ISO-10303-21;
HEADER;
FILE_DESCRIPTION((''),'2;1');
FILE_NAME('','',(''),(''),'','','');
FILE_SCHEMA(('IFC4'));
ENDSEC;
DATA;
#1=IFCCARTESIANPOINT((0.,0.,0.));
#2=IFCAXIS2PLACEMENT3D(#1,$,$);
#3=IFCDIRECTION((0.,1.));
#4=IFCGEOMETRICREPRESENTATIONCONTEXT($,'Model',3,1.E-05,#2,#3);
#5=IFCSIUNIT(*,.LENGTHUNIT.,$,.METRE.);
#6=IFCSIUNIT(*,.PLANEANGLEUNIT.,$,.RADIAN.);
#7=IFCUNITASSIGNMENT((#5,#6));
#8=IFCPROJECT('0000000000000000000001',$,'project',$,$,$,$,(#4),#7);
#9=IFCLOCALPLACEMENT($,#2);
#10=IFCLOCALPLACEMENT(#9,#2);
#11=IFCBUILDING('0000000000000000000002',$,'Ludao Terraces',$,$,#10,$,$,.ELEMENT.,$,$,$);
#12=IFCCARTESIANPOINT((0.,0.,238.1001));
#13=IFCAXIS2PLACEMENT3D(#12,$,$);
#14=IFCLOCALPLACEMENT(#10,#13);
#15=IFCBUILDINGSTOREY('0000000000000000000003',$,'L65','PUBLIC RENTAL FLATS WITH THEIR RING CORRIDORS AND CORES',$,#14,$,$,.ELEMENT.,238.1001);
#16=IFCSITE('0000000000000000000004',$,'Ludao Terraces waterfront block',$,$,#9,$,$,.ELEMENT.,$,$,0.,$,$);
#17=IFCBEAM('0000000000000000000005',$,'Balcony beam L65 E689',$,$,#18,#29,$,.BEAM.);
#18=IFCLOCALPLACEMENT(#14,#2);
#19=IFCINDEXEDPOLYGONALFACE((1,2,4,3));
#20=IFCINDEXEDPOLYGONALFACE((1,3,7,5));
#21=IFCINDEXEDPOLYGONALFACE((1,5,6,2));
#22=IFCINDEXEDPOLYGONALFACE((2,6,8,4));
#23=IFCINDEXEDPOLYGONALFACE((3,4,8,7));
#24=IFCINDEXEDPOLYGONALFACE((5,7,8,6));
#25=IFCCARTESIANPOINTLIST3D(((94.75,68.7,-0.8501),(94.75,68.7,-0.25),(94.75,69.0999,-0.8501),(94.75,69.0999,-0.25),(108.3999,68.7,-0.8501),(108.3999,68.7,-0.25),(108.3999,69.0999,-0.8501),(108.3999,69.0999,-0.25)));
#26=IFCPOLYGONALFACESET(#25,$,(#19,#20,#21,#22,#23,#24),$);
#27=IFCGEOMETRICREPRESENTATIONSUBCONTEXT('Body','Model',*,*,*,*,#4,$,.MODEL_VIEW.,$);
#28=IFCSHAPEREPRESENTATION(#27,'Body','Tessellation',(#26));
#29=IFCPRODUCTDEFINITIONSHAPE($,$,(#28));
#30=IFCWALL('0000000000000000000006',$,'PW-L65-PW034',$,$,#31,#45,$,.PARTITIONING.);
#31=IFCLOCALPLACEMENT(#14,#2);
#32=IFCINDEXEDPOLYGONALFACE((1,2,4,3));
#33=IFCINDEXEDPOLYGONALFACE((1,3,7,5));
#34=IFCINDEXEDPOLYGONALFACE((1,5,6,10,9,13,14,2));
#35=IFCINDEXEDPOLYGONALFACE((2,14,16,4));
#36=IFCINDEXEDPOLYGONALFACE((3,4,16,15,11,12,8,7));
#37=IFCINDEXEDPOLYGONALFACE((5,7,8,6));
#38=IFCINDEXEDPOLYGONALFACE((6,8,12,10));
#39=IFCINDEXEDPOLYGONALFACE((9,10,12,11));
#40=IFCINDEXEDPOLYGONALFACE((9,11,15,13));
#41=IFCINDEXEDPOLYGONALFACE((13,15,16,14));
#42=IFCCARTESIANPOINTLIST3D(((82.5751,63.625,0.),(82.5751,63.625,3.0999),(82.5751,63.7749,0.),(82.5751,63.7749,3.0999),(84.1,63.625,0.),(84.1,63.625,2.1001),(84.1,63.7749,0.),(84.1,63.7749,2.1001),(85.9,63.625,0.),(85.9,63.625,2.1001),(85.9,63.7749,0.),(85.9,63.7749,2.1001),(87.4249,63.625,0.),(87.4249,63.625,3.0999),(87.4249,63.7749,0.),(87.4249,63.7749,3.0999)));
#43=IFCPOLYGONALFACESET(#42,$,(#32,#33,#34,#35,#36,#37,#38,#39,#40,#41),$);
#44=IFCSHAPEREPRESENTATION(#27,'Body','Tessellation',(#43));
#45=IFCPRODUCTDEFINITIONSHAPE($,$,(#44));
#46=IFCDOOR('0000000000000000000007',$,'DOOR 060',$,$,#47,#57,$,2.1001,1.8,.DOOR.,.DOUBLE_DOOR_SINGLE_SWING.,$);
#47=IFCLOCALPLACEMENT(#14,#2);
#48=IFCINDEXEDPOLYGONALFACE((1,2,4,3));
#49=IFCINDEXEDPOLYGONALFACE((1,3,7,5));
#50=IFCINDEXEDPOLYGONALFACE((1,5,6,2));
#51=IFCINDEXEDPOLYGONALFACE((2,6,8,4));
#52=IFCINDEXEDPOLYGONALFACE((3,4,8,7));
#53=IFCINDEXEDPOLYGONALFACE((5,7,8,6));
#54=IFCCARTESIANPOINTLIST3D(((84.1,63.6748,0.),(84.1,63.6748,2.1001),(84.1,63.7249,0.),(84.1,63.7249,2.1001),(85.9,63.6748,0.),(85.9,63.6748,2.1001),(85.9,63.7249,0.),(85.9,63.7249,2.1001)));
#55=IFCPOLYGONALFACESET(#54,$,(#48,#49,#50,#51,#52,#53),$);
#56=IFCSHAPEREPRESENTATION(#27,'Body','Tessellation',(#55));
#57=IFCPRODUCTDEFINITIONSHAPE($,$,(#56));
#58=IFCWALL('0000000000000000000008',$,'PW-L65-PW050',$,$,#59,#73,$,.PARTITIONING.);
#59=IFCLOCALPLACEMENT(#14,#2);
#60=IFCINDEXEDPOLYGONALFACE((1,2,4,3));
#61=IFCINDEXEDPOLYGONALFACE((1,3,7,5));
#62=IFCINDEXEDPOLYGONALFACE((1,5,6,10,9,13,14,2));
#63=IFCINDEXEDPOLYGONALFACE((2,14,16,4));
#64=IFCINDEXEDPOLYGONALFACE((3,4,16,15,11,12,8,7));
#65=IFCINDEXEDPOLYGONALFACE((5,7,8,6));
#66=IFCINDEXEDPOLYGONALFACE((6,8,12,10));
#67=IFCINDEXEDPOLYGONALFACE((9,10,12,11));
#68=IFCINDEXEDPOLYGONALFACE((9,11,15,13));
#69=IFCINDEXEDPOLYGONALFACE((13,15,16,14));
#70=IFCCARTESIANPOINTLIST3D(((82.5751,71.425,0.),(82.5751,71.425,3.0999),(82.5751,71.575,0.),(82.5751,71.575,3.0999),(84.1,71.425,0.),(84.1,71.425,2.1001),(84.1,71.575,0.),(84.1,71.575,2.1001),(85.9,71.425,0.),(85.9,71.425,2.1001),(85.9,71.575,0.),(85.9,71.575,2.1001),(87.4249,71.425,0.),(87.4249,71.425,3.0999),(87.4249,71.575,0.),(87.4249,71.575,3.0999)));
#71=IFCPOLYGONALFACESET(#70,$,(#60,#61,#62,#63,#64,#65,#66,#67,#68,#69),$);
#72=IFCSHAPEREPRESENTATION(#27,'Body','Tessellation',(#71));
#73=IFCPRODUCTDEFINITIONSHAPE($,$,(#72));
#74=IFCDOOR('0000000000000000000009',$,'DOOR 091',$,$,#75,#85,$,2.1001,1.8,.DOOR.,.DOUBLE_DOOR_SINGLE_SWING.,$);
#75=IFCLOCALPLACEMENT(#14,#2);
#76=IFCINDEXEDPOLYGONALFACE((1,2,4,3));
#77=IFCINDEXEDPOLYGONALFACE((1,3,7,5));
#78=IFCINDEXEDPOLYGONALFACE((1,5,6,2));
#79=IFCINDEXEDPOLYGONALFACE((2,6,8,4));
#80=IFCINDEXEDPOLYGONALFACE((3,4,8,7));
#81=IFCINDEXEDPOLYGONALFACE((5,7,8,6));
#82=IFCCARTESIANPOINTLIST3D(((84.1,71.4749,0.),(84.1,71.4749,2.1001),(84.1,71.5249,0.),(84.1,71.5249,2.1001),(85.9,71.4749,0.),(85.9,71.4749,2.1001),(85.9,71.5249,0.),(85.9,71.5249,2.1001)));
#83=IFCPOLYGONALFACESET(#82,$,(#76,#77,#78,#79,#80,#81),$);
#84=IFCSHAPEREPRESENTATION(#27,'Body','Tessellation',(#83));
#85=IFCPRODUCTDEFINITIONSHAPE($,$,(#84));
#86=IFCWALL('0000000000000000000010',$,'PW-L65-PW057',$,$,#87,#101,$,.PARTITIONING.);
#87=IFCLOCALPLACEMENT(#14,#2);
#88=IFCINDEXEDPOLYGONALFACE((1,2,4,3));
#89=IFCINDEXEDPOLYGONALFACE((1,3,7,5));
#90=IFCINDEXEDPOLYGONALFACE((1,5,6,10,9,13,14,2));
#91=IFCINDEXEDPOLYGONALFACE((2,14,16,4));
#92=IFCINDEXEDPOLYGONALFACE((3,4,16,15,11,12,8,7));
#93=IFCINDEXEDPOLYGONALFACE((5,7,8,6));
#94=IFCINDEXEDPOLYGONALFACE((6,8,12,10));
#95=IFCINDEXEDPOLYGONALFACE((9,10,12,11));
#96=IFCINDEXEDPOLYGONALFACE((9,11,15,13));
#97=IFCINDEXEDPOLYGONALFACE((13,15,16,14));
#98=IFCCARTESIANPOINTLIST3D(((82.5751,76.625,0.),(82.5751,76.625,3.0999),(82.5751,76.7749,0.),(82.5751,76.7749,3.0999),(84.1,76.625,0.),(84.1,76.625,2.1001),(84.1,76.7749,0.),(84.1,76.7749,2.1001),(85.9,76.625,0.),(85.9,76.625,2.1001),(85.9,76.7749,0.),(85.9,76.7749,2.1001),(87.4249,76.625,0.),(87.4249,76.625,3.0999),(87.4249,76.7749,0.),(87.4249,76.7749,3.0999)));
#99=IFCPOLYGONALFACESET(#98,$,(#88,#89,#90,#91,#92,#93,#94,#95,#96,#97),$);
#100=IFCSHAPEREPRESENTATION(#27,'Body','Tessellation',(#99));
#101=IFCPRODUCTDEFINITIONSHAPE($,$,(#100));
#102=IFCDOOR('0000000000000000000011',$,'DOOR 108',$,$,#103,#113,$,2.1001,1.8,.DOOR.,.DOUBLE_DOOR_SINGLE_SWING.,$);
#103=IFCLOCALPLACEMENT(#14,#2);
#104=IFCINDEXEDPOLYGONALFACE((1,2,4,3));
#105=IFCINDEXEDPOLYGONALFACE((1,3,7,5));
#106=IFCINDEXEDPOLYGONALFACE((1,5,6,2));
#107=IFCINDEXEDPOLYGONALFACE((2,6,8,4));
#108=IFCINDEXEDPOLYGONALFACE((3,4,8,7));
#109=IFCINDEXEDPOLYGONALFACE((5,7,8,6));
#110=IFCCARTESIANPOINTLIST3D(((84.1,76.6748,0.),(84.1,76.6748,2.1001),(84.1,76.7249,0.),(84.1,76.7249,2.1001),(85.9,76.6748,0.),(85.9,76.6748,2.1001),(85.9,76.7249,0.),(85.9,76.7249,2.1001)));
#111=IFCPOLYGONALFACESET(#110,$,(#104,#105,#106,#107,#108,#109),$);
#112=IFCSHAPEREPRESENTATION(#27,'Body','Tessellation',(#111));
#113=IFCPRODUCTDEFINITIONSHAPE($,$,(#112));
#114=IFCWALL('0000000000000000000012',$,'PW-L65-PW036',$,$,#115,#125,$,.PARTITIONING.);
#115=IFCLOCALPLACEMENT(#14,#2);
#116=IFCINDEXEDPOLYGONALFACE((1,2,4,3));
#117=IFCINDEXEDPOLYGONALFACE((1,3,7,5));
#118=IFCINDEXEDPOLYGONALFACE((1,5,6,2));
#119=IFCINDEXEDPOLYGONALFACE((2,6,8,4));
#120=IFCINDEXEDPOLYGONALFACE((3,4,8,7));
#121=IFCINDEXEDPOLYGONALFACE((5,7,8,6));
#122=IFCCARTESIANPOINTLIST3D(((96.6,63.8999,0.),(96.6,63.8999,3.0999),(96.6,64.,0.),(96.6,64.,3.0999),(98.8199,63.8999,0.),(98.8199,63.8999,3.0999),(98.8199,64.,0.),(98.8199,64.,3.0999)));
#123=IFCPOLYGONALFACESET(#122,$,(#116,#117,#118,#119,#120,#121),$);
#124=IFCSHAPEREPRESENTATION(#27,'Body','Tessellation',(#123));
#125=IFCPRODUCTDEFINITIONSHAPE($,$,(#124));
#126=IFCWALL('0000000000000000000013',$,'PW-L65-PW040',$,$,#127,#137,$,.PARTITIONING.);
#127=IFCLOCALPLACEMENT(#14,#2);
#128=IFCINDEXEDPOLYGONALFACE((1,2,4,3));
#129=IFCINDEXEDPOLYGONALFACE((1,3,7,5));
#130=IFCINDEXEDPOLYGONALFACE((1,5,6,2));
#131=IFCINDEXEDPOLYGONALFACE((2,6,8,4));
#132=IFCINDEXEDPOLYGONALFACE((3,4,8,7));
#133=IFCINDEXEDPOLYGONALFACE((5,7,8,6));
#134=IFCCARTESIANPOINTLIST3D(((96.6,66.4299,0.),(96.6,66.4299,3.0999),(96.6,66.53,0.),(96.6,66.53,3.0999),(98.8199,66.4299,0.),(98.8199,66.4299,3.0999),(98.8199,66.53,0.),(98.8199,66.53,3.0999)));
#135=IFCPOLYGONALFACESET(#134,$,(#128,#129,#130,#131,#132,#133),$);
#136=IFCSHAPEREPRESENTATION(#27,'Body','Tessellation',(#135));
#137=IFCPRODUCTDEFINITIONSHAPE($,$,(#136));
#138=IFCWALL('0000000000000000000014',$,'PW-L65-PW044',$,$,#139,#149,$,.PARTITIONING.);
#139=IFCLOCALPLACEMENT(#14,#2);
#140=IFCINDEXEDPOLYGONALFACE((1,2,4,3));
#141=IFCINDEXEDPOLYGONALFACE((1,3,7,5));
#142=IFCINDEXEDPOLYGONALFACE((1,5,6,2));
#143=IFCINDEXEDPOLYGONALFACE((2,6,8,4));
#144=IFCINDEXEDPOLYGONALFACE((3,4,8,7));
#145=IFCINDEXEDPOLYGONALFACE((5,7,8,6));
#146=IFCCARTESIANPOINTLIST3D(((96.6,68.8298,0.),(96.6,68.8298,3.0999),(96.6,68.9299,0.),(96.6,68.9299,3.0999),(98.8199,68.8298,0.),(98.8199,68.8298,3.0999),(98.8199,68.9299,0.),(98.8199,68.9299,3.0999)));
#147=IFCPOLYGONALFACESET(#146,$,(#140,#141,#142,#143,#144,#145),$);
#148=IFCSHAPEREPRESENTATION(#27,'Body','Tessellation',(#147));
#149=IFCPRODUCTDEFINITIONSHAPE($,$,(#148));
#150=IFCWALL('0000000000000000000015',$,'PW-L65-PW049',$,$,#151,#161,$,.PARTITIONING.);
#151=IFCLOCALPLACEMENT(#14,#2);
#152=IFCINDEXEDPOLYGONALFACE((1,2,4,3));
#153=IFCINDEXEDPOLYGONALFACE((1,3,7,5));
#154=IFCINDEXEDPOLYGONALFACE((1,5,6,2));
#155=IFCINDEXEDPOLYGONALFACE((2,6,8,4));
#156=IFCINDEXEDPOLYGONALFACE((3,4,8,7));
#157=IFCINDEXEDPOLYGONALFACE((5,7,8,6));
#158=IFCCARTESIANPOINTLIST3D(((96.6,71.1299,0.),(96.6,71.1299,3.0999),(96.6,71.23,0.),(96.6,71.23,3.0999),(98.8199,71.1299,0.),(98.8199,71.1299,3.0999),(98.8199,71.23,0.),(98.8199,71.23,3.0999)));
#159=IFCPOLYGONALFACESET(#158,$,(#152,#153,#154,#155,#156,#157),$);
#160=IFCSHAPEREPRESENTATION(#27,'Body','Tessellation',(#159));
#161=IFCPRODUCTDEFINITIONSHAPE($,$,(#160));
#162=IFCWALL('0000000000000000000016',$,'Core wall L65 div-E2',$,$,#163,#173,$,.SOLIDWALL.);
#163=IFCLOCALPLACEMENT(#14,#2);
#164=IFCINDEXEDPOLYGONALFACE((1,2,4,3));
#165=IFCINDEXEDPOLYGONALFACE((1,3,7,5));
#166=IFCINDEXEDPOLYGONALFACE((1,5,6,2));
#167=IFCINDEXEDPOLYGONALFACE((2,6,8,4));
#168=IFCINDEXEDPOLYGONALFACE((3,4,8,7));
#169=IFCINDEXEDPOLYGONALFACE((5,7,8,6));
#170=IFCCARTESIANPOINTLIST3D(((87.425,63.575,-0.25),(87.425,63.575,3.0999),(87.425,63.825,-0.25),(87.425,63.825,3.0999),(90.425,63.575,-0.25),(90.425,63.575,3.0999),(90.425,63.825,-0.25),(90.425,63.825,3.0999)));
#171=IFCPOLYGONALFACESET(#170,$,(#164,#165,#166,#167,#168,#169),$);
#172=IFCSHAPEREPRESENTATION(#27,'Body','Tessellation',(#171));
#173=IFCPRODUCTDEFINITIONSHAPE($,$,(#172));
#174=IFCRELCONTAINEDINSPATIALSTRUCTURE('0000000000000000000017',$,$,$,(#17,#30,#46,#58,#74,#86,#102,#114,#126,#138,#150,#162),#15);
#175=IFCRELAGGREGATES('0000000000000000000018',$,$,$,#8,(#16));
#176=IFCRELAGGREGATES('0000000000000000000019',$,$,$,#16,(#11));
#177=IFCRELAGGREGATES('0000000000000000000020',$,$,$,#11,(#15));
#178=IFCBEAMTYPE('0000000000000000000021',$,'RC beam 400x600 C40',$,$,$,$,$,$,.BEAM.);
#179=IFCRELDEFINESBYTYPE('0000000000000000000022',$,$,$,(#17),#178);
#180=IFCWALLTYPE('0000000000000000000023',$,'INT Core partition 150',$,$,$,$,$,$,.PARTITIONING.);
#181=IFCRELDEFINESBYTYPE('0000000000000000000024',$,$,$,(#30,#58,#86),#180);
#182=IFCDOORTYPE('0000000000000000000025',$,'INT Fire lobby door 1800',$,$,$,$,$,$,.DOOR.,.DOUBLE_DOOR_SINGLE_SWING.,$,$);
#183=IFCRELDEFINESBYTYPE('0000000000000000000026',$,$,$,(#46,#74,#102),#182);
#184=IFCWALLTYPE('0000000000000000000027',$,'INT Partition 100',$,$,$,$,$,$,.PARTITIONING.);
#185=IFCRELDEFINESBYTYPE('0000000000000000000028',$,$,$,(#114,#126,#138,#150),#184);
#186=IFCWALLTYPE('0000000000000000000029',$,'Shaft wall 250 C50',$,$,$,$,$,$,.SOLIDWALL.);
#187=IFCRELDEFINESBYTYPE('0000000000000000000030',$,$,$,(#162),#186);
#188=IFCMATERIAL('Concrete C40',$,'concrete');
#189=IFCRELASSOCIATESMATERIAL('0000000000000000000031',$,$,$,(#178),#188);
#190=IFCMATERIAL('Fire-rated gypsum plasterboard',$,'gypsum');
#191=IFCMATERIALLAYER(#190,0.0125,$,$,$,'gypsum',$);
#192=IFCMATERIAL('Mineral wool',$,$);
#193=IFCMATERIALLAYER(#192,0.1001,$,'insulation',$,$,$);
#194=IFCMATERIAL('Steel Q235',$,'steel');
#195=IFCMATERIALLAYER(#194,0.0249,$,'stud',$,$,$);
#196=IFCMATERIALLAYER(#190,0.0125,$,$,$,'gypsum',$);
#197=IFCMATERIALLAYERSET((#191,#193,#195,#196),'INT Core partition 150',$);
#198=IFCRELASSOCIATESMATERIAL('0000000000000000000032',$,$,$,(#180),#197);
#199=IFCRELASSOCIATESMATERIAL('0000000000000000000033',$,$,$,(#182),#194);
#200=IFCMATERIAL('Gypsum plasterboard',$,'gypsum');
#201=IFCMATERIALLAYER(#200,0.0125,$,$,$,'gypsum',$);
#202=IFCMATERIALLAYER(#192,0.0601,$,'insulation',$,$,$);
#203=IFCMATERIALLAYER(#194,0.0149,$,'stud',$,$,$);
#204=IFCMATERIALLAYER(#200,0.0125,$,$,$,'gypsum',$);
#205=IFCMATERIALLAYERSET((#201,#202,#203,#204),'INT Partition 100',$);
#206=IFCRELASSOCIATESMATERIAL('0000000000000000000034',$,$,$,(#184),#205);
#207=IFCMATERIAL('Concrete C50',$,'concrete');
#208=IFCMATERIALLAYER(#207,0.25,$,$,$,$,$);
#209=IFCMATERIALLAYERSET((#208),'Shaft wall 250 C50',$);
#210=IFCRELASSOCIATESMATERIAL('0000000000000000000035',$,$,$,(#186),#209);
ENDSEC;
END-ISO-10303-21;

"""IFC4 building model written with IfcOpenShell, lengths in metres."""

from ifc_helpers import new_model, si_unit, direction, frame, frame_2d, origin, origin_2d, place, context, subcontext, project, spatial, rectangle, extrude, material, layer, layer_set, material_profile, profile_set, type_object, element, fill, save


model = new_model("IFC4")

# Units and contexts
model_context = context("Model", 3, precision=1e-05, world=origin(), true_north=direction((0.0, 1.0)))
body_context = subcontext(model_context, "Body", "Model", "MODEL_VIEW")
ifc_project = project(units=[si_unit("LENGTHUNIT", "METRE"), si_unit("PLANEANGLEUNIT", "RADIAN")], contexts=[model_context])

# Site, building, storey
site_placement = place(None, origin())
site = spatial("IfcSite", under=ifc_project, at=site_placement, Name="Ludao Terraces waterfront block", CompositionType="ELEMENT", RefElevation=0.0)
building_placement = place(site_placement, origin())
building = spatial("IfcBuilding", under=site, at=building_placement, Name="Ludao Terraces", CompositionType="ELEMENT")
storey_placement = place(building_placement, frame((0.0, 0.0, 238.1001)))
storey = spatial("IfcBuildingStorey", under=building, at=storey_placement, Name="L65", Description="PUBLIC RENTAL FLATS WITH THEIR RING CORRIDORS AND CORES", CompositionType="ELEMENT", Elevation=238.1001)

# Beam
ifc_material_1 = material(Name="Concrete C40", Category="concrete")
ifc_material_profile = material_profile(ifc_material_1, rectangle(XDim=0.3999, YDim=0.6001, at=origin_2d()), Name="400 X 600")
ifc_profile_set = profile_set([ifc_material_profile], Name="Concrete C40")
beam_type = type_object("IfcBeamType", Name="RC beam 400x600 C40", PredefinedType="BEAM", material=ifc_profile_set)
beam_placement = place(storey_placement, frame((94.75, 68.8999, -0.55), z_axis=(1.0, 0.0, 0.0), x_axis=(0.0, 1.0, 0.0)))
element("IfcBeam", 1, at=beam_placement, inside=storey, type_object=beam_type, Name="Balcony beam L65 E689", PredefinedType="BEAM", context=body_context, shape_type="SweptSolid", body=[
    extrude(rectangle(XDim=0.3999, YDim=0.6001, at=origin_2d()), origin(), (0.0, 0.0, 1.0), 13.6499),
])

# Walls, openings, doors
ifc_material_2 = material(Name="Fire-rated gypsum plasterboard", Category="gypsum")
ifc_layer_1 = layer(ifc_material_2, 0.0125, Category="gypsum")
ifc_material_3 = material(Name="Mineral wool")
ifc_layer_2 = layer(ifc_material_3, 0.1001, Name="insulation")
ifc_material_4 = material(Name="Steel Q235", Category="steel")
ifc_layer_3 = layer(ifc_material_4, 0.0249, Name="stud")
ifc_layer_4 = layer(ifc_material_2, 0.0125, Category="gypsum")
ifc_layer_set_1 = layer_set([ifc_layer_1, ifc_layer_2, ifc_layer_3, ifc_layer_4], Name="INT Core partition 150")
wall_type_1 = type_object("IfcWallType", Name="INT Core partition 150", PredefinedType="PARTITIONING", material=ifc_layer_set_1)
wall_1_placement = place(storey_placement, frame((82.5752, 63.7, 0.0), z_axis=(0.0, 0.0, 1.0), x_axis=(1.0, 0.0, 0.0)))
wall_1 = element("IfcWall", 2, at=wall_1_placement, inside=storey, type_object=wall_type_1, Name="PW-L65-PW034", PredefinedType="PARTITIONING", context=body_context, shape_type="SweptSolid", body=[
    extrude(rectangle(XDim=4.8499, YDim=0.1499, at=frame_2d((2.4248, 0.0))), origin(), (0.0, 0.0, 1.0), 3.0999),
])
opening_1_placement = place(wall_1_placement, frame((1.5249, 0.0, 0.0)))
opening_1 = element("IfcOpeningElement", 3, at=opening_1_placement, cuts=wall_1, PredefinedType="OPENING", context=body_context, shape_type="SweptSolid", body=[
    extrude(rectangle(XDim=1.8, YDim=2.1001, at=frame_2d((0.8999, 1.05))), frame((0.0, 0.085, 0.0), z_axis=(0.0, -1.0, 0.0), x_axis=(1.0, 0.0, 0.0)), (0.0, 0.0, 1.0), 0.1699),
])
door_type_1 = type_object("IfcDoorType", Name="INT Fire lobby door 1800", OperationType="DOUBLE_DOOR_SINGLE_SWING", PredefinedType="DOOR", material=ifc_material_4)
door_1_placement = place(opening_1_placement, origin())
door_1 = element("IfcDoor", 4, at=door_1_placement, inside=storey, type_object=door_type_1, Name="DOOR 060", OperationType="DOUBLE_DOOR_SINGLE_SWING", OverallHeight=2.1001, OverallWidth=1.8, PredefinedType="DOOR", context=body_context, shape_type="SweptSolid", body=[
    extrude(rectangle(XDim=1.8, YDim=2.1001, at=frame_2d((0.8999, 1.05))), frame((0.0, 0.0249, 0.0), z_axis=(0.0, -1.0, 0.0), x_axis=(1.0, 0.0, 0.0)), (0.0, 0.0, 1.0), 0.05),
])
fill(opening_1, door_1)
wall_2_placement = place(storey_placement, frame((82.5752, 71.5, 0.0), z_axis=(0.0, 0.0, 1.0), x_axis=(1.0, 0.0, 0.0)))
wall_2 = element("IfcWall", 5, at=wall_2_placement, inside=storey, type_object=wall_type_1, Name="PW-L65-PW050", PredefinedType="PARTITIONING", context=body_context, shape_type="SweptSolid", body=[
    extrude(rectangle(XDim=4.8499, YDim=0.1499, at=frame_2d((2.4248, 0.0))), origin(), (0.0, 0.0, 1.0), 3.0999),
])
opening_2_placement = place(wall_2_placement, frame((1.5249, 0.0, 0.0)))
opening_2 = element("IfcOpeningElement", 6, at=opening_2_placement, cuts=wall_2, PredefinedType="OPENING", context=body_context, shape_type="SweptSolid", body=[
    extrude(rectangle(XDim=1.8, YDim=2.1001, at=frame_2d((0.8999, 1.05))), frame((0.0, 0.085, 0.0), z_axis=(0.0, -1.0, 0.0), x_axis=(1.0, 0.0, 0.0)), (0.0, 0.0, 1.0), 0.1699),
])
door_2_placement = place(opening_2_placement, origin())
door_2 = element("IfcDoor", 7, at=door_2_placement, inside=storey, type_object=door_type_1, Name="DOOR 091", OperationType="DOUBLE_DOOR_SINGLE_SWING", OverallHeight=2.1001, OverallWidth=1.8, PredefinedType="DOOR", context=body_context, shape_type="SweptSolid", body=[
    extrude(rectangle(XDim=1.8, YDim=2.1001, at=frame_2d((0.8999, 1.05))), frame((0.0, 0.0249, 0.0), z_axis=(0.0, -1.0, 0.0), x_axis=(1.0, 0.0, 0.0)), (0.0, 0.0, 1.0), 0.05),
])
fill(opening_2, door_2)
wall_3_placement = place(storey_placement, frame((82.5752, 76.7, 0.0), z_axis=(0.0, 0.0, 1.0), x_axis=(1.0, 0.0, 0.0)))
wall_3 = element("IfcWall", 8, at=wall_3_placement, inside=storey, type_object=wall_type_1, Name="PW-L65-PW057", PredefinedType="PARTITIONING", context=body_context, shape_type="SweptSolid", body=[
    extrude(rectangle(XDim=4.8499, YDim=0.1499, at=frame_2d((2.4248, 0.0))), origin(), (0.0, 0.0, 1.0), 3.0999),
])
opening_3_placement = place(wall_3_placement, frame((1.5249, 0.0, 0.0)))
opening_3 = element("IfcOpeningElement", 9, at=opening_3_placement, cuts=wall_3, PredefinedType="OPENING", context=body_context, shape_type="SweptSolid", body=[
    extrude(rectangle(XDim=1.8, YDim=2.1001, at=frame_2d((0.8999, 1.05))), frame((0.0, 0.085, 0.0), z_axis=(0.0, -1.0, 0.0), x_axis=(1.0, 0.0, 0.0)), (0.0, 0.0, 1.0), 0.1699),
])
door_3_placement = place(opening_3_placement, origin())
door_3 = element("IfcDoor", 10, at=door_3_placement, inside=storey, type_object=door_type_1, Name="DOOR 108", OperationType="DOUBLE_DOOR_SINGLE_SWING", OverallHeight=2.1001, OverallWidth=1.8, PredefinedType="DOOR", context=body_context, shape_type="SweptSolid", body=[
    extrude(rectangle(XDim=1.8, YDim=2.1001, at=frame_2d((0.8999, 1.05))), frame((0.0, 0.0249, 0.0), z_axis=(0.0, -1.0, 0.0), x_axis=(1.0, 0.0, 0.0)), (0.0, 0.0, 1.0), 0.05),
])
fill(opening_3, door_3)

# Walls
ifc_material_5 = material(Name="Gypsum plasterboard", Category="gypsum")
ifc_layer_5 = layer(ifc_material_5, 0.0125, Category="gypsum")
ifc_layer_6 = layer(ifc_material_3, 0.0601, Name="insulation")
ifc_layer_7 = layer(ifc_material_4, 0.0149, Name="stud")
ifc_layer_8 = layer(ifc_material_5, 0.0125, Category="gypsum")
ifc_layer_set_2 = layer_set([ifc_layer_5, ifc_layer_6, ifc_layer_7, ifc_layer_8], Name="INT Partition 100")
wall_type_2 = type_object("IfcWallType", Name="INT Partition 100", PredefinedType="PARTITIONING", material=ifc_layer_set_2)
for number, where, z_axis, x_axis, name in (
    (11, (96.6001, 63.95, 0.0), (0.0, 0.0, 1.0), (1.0, 0.0, 0.0), "PW-L65-PW036"),
    (12, (96.6001, 66.48, 0.0), (0.0, 0.0, 1.0), (1.0, 0.0, 0.0), "PW-L65-PW040"),
    (13, (96.6001, 68.8799, 0.0), (0.0, 0.0, 1.0), (1.0, 0.0, 0.0), "PW-L65-PW044"),
    (14, (96.6001, 71.1799, 0.0), (0.0, 0.0, 1.0), (1.0, 0.0, 0.0), "PW-L65-PW049"),
):
    element("IfcWall", number, at=place(storey_placement, frame(where, z_axis=z_axis, x_axis=x_axis)), inside=storey, type_object=wall_type_2, Name=name, PredefinedType="PARTITIONING", context=body_context, shape_type="SweptSolid", body=[
        extrude(rectangle(XDim=2.22, YDim=0.1001, at=frame_2d((1.1099, 0.0))), origin(), (0.0, 0.0, 1.0), 3.0999),
    ])
ifc_material_6 = material(Name="Concrete C50", Category="concrete")
ifc_layer_9 = layer(ifc_material_6, 0.25)
ifc_layer_set_3 = layer_set([ifc_layer_9], Name="Shaft wall 250 C50")
wall_type_3 = type_object("IfcWallType", Name="Shaft wall 250 C50", PredefinedType="SOLIDWALL", material=ifc_layer_set_3)
wall_4_placement = place(storey_placement, frame((87.425, 63.7, -0.25), z_axis=(0.0, 0.0, 1.0), x_axis=(1.0, 0.0, 0.0)))
element("IfcWall", 15, at=wall_4_placement, inside=storey, type_object=wall_type_3, Name="Core wall L65 div-E2", PredefinedType="SOLIDWALL", context=body_context, shape_type="SweptSolid", body=[
    extrude(rectangle(XDim=3.0, YDim=0.25, at=frame_2d((1.5, 0.0))), origin(), (0.0, 0.0, 1.0), 3.3499),
])

save(model, "model.ifc")
